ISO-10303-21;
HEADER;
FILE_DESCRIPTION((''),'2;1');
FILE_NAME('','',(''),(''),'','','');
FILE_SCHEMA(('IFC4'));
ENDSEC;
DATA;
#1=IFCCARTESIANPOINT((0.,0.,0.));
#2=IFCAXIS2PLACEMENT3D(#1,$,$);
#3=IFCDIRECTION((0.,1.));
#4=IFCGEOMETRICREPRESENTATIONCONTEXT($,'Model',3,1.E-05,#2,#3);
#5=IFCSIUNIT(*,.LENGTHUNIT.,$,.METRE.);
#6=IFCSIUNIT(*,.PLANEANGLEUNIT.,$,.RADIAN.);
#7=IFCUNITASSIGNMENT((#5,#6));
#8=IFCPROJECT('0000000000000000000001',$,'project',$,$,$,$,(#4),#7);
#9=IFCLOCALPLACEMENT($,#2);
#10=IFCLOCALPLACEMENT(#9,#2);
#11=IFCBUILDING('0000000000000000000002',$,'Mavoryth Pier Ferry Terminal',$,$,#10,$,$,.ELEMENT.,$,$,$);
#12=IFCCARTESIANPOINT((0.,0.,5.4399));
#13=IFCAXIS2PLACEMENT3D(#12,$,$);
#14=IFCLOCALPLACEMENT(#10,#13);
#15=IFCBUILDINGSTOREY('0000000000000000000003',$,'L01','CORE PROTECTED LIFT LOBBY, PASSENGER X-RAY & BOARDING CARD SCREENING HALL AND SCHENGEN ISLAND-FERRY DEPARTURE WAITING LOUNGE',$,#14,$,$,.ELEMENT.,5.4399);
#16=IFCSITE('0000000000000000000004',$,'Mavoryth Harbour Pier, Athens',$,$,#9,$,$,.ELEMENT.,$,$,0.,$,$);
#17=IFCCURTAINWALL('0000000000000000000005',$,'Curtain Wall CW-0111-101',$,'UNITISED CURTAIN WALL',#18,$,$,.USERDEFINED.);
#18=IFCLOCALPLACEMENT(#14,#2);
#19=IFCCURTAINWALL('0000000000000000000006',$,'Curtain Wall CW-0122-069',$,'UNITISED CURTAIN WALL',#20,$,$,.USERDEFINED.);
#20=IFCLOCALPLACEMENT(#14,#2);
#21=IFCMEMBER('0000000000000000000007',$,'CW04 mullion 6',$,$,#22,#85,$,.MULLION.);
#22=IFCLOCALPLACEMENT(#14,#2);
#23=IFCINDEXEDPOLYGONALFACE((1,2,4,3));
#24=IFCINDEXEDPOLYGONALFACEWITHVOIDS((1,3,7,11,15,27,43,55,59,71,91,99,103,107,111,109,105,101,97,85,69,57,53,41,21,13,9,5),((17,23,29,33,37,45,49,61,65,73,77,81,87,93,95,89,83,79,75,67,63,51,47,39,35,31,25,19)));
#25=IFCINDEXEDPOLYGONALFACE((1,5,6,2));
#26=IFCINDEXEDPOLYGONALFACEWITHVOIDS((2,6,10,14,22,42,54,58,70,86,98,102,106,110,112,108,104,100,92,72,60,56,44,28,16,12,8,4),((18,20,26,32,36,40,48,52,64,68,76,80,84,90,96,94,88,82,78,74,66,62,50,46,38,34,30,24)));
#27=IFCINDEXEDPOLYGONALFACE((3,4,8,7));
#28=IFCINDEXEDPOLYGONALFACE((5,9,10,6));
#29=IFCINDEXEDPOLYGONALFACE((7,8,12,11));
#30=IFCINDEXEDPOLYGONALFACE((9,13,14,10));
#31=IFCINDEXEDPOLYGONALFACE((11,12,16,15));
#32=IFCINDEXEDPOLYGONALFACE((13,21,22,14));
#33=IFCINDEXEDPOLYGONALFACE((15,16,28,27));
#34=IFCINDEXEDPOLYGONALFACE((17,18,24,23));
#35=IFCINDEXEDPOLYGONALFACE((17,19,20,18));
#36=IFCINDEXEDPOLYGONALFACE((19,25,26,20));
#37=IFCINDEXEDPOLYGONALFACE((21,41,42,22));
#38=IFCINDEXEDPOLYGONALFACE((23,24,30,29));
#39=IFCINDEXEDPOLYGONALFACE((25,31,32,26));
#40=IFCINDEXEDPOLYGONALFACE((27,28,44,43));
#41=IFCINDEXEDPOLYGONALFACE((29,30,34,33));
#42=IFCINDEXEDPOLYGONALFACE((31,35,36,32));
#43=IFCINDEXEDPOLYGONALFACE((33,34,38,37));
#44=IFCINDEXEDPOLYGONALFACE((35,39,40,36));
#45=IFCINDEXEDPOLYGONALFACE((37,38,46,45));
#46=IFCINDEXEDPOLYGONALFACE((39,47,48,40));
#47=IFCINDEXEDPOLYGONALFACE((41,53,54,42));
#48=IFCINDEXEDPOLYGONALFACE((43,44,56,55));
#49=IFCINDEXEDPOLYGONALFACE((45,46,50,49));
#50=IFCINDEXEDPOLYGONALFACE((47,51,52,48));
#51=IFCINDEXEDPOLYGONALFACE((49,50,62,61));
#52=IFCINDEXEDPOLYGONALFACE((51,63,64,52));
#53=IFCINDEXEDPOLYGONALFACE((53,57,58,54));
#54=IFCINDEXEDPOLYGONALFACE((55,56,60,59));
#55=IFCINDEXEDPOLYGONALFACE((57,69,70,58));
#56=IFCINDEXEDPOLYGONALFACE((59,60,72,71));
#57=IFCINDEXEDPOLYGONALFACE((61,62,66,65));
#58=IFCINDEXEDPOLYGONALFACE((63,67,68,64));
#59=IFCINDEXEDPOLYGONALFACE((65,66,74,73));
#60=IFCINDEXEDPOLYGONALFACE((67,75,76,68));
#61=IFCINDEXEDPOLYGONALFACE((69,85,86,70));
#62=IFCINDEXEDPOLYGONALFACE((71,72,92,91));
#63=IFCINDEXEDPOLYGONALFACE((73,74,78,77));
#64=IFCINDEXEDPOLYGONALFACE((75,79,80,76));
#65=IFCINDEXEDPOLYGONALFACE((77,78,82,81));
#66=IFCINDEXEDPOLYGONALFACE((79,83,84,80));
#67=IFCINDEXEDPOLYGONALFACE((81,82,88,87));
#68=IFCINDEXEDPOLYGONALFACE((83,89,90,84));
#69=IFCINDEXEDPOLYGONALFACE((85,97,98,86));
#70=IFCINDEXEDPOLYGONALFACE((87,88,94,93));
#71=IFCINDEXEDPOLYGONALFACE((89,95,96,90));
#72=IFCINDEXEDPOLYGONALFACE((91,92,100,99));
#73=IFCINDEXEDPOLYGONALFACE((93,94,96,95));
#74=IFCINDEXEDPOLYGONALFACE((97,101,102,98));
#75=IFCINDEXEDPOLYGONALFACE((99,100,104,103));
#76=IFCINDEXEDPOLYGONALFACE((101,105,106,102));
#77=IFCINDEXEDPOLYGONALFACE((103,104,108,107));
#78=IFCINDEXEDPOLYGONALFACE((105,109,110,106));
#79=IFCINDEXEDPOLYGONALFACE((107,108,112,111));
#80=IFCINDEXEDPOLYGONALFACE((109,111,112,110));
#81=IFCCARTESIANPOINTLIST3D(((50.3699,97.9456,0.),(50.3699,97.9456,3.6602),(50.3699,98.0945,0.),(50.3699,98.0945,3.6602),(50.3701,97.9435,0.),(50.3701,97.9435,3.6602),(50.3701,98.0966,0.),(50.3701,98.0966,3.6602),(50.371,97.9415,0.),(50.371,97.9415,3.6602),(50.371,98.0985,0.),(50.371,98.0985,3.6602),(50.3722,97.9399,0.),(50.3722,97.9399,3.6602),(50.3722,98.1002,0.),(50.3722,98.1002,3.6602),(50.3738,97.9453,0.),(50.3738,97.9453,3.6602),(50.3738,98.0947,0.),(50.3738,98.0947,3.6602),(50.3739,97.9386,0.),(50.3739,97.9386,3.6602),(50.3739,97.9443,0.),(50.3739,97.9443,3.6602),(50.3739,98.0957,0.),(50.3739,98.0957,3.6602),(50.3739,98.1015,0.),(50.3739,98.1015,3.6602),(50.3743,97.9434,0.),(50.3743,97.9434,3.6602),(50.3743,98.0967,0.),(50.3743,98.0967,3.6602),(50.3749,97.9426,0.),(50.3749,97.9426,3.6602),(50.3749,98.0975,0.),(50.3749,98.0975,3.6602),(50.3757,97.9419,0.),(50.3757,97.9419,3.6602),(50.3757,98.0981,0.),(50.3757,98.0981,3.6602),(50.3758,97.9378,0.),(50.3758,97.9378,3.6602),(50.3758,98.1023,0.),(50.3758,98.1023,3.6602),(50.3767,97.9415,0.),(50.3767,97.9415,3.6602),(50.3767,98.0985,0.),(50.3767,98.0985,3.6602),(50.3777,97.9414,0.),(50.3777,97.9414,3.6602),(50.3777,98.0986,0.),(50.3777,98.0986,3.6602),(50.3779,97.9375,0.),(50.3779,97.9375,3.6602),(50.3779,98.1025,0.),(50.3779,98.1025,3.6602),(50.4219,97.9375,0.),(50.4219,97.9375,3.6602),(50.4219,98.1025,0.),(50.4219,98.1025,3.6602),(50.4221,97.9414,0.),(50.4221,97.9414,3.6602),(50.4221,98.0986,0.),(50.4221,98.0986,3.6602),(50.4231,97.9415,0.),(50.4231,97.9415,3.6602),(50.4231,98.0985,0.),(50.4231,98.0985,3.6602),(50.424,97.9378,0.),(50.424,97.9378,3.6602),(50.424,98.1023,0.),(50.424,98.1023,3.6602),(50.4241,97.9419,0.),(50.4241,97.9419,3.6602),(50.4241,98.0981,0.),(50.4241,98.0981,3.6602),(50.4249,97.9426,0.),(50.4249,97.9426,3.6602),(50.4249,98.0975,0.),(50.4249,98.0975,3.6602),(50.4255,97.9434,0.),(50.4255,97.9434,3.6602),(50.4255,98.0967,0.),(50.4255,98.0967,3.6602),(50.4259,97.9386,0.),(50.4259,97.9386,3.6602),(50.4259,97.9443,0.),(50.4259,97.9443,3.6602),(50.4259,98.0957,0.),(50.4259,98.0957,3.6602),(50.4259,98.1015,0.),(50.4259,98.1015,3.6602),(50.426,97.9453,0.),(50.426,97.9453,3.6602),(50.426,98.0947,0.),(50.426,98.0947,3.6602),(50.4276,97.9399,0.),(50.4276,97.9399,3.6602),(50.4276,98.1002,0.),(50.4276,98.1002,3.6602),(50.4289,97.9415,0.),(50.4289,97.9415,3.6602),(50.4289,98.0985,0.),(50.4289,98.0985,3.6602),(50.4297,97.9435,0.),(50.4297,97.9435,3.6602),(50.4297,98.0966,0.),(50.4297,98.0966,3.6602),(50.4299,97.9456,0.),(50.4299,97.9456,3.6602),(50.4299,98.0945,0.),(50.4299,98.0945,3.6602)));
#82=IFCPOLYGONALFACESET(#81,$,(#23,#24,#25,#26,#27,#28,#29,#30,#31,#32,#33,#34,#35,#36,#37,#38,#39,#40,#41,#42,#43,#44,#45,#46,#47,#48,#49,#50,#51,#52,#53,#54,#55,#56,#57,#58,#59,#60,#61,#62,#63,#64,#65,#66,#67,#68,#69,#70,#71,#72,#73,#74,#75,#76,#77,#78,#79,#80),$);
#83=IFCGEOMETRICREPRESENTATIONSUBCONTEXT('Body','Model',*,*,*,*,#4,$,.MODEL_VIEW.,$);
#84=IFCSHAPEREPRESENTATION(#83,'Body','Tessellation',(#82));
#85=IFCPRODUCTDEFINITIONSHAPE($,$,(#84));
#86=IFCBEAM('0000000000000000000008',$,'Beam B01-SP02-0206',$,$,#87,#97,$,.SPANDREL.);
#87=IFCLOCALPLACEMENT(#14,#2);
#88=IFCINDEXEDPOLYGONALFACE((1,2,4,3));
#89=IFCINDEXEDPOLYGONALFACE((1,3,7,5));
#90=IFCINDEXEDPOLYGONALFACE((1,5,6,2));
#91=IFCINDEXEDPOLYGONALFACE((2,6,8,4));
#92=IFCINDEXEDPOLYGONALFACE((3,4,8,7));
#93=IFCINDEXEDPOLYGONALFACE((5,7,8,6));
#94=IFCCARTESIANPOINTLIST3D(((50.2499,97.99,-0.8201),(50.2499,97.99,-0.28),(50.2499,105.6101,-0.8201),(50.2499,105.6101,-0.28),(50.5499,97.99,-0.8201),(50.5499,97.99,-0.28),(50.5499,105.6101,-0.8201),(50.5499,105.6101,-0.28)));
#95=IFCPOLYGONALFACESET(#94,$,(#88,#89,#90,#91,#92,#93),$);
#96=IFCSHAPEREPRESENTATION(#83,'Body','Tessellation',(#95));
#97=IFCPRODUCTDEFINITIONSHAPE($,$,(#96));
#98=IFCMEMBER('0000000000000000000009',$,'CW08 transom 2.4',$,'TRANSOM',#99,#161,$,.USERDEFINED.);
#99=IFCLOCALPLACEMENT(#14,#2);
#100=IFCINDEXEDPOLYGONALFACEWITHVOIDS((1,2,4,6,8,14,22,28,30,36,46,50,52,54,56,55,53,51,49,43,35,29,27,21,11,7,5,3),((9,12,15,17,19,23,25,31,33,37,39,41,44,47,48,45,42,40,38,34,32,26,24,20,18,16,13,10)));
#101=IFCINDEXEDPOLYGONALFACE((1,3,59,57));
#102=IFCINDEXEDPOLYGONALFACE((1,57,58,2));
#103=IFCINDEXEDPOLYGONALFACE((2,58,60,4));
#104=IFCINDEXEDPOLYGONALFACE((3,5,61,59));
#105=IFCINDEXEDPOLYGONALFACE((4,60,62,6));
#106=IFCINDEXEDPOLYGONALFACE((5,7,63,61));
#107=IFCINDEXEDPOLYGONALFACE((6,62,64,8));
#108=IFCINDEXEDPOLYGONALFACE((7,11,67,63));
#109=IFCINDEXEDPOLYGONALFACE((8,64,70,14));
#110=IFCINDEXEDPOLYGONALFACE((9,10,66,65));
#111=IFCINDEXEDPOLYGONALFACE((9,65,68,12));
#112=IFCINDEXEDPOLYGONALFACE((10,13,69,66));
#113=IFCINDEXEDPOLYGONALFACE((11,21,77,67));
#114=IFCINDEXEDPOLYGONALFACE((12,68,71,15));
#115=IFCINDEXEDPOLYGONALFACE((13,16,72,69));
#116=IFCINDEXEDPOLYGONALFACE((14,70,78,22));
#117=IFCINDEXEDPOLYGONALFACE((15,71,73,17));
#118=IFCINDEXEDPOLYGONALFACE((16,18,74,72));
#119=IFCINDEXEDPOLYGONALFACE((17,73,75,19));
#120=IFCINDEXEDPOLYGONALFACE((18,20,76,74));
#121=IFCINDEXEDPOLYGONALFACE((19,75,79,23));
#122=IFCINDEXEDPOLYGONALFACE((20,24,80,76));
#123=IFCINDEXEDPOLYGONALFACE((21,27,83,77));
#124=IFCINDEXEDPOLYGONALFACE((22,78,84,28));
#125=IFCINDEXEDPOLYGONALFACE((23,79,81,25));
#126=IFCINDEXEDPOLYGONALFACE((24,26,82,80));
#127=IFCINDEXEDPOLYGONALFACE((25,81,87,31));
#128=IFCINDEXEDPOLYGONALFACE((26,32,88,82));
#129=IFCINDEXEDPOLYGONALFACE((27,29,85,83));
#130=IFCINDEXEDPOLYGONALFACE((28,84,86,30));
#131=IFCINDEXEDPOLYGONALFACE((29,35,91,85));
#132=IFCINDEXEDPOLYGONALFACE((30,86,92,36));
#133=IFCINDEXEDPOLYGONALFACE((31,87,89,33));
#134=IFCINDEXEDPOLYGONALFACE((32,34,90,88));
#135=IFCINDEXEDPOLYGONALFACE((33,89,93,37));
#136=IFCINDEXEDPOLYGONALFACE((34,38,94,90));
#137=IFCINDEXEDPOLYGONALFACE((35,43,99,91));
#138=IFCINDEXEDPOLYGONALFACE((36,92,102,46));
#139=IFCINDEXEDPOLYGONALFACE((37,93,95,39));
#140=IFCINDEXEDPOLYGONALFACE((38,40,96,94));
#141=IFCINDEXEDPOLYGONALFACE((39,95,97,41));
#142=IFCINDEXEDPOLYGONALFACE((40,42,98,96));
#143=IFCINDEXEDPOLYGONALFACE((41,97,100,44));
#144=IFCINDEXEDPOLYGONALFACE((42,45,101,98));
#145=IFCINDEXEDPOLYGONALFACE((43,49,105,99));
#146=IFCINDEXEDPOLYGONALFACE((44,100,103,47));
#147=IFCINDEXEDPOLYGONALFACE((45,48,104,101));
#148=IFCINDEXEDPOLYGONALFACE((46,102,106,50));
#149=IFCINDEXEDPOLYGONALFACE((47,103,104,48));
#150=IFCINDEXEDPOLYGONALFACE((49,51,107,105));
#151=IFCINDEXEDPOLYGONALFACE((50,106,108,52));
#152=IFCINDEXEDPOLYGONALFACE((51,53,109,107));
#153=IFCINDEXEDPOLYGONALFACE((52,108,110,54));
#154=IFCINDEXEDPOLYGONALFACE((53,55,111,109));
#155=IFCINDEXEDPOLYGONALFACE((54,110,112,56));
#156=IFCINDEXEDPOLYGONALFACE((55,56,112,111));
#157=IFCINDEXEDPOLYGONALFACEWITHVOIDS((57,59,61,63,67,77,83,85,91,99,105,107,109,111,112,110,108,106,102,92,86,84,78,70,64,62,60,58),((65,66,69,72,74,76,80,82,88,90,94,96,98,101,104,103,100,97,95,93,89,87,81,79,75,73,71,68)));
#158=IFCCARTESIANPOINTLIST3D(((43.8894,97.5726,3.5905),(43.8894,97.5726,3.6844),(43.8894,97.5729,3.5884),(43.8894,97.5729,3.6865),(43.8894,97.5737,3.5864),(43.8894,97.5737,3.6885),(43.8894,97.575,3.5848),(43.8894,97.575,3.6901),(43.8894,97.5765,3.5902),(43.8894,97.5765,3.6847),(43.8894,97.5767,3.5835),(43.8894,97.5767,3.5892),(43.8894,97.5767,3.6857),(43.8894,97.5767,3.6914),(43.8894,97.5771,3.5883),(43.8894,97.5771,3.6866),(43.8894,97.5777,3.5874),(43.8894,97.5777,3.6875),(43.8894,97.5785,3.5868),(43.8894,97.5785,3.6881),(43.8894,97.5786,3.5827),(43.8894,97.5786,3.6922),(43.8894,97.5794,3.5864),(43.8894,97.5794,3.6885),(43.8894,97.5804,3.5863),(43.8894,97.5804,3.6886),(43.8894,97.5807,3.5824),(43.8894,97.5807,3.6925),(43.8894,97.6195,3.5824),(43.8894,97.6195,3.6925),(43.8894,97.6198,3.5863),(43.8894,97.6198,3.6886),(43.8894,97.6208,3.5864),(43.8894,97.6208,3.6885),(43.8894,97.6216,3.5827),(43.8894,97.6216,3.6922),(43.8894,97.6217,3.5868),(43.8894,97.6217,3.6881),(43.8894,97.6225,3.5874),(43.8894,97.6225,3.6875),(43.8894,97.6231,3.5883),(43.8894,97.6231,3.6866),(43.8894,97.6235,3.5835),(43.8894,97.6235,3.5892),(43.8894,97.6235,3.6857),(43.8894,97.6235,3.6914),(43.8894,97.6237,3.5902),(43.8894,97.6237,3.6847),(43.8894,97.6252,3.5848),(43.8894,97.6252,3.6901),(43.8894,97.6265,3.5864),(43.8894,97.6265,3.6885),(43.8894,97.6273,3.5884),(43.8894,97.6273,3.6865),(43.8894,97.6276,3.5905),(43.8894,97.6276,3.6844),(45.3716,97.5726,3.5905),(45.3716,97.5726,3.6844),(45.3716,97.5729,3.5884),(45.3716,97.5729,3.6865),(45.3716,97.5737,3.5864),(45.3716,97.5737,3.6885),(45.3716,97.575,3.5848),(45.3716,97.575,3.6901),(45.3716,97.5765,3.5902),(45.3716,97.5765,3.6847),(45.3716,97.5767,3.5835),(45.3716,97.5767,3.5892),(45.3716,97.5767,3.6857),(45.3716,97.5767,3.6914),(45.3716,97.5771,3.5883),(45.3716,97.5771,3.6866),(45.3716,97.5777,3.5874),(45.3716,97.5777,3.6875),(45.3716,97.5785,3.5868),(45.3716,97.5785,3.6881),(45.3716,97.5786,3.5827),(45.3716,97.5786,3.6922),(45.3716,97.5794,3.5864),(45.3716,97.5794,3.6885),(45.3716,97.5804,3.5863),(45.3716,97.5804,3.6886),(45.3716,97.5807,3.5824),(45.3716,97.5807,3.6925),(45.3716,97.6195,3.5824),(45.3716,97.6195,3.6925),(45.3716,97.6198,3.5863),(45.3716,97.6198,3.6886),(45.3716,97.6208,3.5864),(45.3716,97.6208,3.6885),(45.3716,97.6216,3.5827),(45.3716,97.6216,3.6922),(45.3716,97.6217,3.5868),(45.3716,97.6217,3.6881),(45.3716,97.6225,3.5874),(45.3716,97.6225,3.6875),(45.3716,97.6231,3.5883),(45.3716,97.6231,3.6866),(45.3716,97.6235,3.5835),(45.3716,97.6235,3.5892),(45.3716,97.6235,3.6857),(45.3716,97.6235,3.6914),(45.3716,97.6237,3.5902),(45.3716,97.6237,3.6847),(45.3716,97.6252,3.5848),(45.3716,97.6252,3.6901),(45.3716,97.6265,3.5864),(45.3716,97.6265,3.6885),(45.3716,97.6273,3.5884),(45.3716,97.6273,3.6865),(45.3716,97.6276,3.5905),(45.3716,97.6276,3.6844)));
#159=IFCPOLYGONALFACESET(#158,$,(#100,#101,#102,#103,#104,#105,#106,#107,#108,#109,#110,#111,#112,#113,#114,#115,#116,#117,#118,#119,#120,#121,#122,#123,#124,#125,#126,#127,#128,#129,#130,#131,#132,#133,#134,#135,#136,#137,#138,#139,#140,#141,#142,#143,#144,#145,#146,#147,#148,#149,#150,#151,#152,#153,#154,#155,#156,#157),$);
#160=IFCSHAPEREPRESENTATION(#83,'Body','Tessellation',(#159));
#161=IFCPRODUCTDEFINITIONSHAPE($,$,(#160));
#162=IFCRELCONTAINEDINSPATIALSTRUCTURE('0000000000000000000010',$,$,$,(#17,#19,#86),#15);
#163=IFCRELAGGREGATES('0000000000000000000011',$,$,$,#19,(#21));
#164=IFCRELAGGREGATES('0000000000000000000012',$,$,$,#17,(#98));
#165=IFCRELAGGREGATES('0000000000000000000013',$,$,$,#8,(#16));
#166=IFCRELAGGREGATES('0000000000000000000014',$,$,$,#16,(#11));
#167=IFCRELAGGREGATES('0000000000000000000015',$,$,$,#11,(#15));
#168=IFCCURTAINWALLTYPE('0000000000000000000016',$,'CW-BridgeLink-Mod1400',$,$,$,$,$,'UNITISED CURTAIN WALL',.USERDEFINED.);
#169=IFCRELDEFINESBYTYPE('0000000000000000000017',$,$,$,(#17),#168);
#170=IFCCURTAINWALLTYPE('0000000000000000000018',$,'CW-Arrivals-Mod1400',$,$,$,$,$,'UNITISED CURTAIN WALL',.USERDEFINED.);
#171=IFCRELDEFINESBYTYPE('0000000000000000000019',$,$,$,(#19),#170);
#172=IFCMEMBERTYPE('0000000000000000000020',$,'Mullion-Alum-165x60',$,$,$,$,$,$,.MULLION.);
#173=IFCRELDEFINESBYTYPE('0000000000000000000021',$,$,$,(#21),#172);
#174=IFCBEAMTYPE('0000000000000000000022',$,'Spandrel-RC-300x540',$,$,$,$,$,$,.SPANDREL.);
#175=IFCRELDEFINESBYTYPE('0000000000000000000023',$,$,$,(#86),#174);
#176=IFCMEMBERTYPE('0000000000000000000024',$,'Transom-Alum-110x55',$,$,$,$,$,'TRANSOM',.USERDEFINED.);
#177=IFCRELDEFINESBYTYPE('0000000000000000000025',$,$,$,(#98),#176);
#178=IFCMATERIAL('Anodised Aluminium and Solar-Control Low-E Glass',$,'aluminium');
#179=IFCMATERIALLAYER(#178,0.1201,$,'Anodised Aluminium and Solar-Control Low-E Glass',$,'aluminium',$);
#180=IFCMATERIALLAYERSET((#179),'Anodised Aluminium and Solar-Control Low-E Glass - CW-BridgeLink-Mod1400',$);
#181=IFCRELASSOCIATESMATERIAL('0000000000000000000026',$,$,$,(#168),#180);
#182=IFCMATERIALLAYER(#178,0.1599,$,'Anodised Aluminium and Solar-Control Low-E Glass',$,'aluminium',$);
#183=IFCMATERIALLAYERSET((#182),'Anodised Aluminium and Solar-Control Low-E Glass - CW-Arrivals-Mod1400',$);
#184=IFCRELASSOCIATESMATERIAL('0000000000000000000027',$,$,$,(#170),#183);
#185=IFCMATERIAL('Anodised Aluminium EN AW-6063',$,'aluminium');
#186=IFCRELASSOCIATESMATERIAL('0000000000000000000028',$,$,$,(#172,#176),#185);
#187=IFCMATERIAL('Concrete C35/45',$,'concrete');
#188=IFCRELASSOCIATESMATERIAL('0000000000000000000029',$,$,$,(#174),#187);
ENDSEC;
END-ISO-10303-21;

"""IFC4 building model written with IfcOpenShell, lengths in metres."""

from ifc_helpers import new_model, si_unit, direction, frame, origin, origin_2d, place, context, subcontext, project, spatial, rectangle, hollow_rectangle, extrude, material, layer, layer_set, material_profile, profile_set, type_object, element, aggregate, save


model = new_model("IFC4")

# Units and contexts
model_context = context("Model", 3, precision=1e-05, world=origin(), true_north=direction((0.0, 1.0)))
body_context = subcontext(model_context, "Body", "Model", "MODEL_VIEW")
ifc_project = project(units=[si_unit("LENGTHUNIT", "METRE"), si_unit("PLANEANGLEUNIT", "RADIAN")], contexts=[model_context])

# Site, building, storey
site_placement = place(None, origin())
site = spatial("IfcSite", under=ifc_project, at=site_placement, Name="Mavoryth Harbour Pier, Athens", CompositionType="ELEMENT", RefElevation=0.0)
building_placement = place(site_placement, origin())
building = spatial("IfcBuilding", under=site, at=building_placement, Name="Mavoryth Pier Ferry Terminal", CompositionType="ELEMENT")
storey_placement = place(building_placement, frame((0.0, 0.0, 5.4399)))
storey = spatial("IfcBuildingStorey", under=building, at=storey_placement, Name="L01", Description="CORE PROTECTED LIFT LOBBY, PASSENGER X-RAY & BOARDING CARD SCREENING HALL AND SCHENGEN ISLAND-FERRY DEPARTURE WAITING LOUNGE", CompositionType="ELEMENT", Elevation=5.4399)

# Curtain wall
ifc_material_1 = material(Name="Anodised Aluminium and Solar-Control Low-E Glass", Category="aluminium")
ifc_layer_1 = layer(ifc_material_1, 0.1201, Name="Anodised Aluminium and Solar-Control Low-E Glass", Category="aluminium")
ifc_layer_set_1 = layer_set([ifc_layer_1], Name="Anodised Aluminium and Solar-Control Low-E Glass - CW-BridgeLink-Mod1400")
curtain_wall_type_1 = type_object("IfcCurtainWallType", Name="CW-BridgeLink-Mod1400", ElementType="UNITISED CURTAIN WALL", PredefinedType="USERDEFINED", material=ifc_layer_set_1)
curtain_wall_1_placement = place(storey_placement, origin())
curtain_wall_1 = element("IfcCurtainWall", 1, at=curtain_wall_1_placement, inside=storey, type_object=curtain_wall_type_1, Name="Curtain Wall CW-0111-101", ObjectType="UNITISED CURTAIN WALL", PredefinedType="USERDEFINED")
ifc_material_2 = material(Name="Anodised Aluminium EN AW-6063", Category="aluminium")

# Curtain wall, member
ifc_layer_2 = layer(ifc_material_1, 0.1599, Name="Anodised Aluminium and Solar-Control Low-E Glass", Category="aluminium")
ifc_layer_set_2 = layer_set([ifc_layer_2], Name="Anodised Aluminium and Solar-Control Low-E Glass - CW-Arrivals-Mod1400")
curtain_wall_type_2 = type_object("IfcCurtainWallType", Name="CW-Arrivals-Mod1400", ElementType="UNITISED CURTAIN WALL", PredefinedType="USERDEFINED", material=ifc_layer_set_2)
curtain_wall_2_placement = place(storey_placement, origin())
curtain_wall_2 = element("IfcCurtainWall", 2, at=curtain_wall_2_placement, inside=storey, type_object=curtain_wall_type_2, Name="Curtain Wall CW-0122-069", ObjectType="UNITISED CURTAIN WALL", PredefinedType="USERDEFINED")
ifc_material_profile_1 = material_profile(ifc_material_2, hollow_rectangle(XDim=0.0601, YDim=0.165, WallThickness=0.0039, InnerFilletRadius=0.0039, OuterFilletRadius=0.0081, at=origin_2d()), Name="AL-MULL 165x60x4", Category="aluminium")
ifc_profile_set_1 = profile_set([ifc_material_profile_1], Name="Anodised Aluminium EN AW-6063 - AL-MULL 165x60x4")
member_type_1 = type_object("IfcMemberType", Name="Mullion-Alum-165x60", PredefinedType="MULLION", material=ifc_profile_set_1)
member_1_placement = place(storey_placement, frame((50.3999, 98.02, 0.0), z_axis=(0.0, 0.0, 1.0), x_axis=(1.0, 0.0, 0.0)))
member_1 = element("IfcMember", 3, at=member_1_placement, type_object=member_type_1, Name="CW04 mullion 6", PredefinedType="MULLION", context=body_context, shape_type="SweptSolid", body=[
    extrude(hollow_rectangle(XDim=0.0601, YDim=0.165, WallThickness=0.0039, InnerFilletRadius=0.0039, OuterFilletRadius=0.0081, at=origin_2d()), origin(), (0.0, 0.0, 1.0), 3.6602),
])

# Beam
ifc_material_3 = material(Name="Concrete C35/45", Category="concrete")
ifc_material_profile_2 = material_profile(ifc_material_3, rectangle(XDim=0.3, YDim=0.54, at=origin_2d()), Name="RC 300x540", Category="concrete")
ifc_profile_set_2 = profile_set([ifc_material_profile_2], Name="Concrete C35/45 - RC 300x540")
beam_type = type_object("IfcBeamType", Name="Spandrel-RC-300x540", PredefinedType="SPANDREL", material=ifc_profile_set_2)
beam_placement = place(storey_placement, frame((50.3999, 97.99, -0.55), z_axis=(0.0, 1.0, 0.0), x_axis=(-1.0, 0.0, 0.0)))
element("IfcBeam", 4, at=beam_placement, inside=storey, type_object=beam_type, Name="Beam B01-SP02-0206", PredefinedType="SPANDREL", context=body_context, shape_type="SweptSolid", body=[
    extrude(rectangle(XDim=0.3, YDim=0.54, at=origin_2d()), origin(), (0.0, 0.0, 1.0), 7.6201),
])

# Member
ifc_material_profile_3 = material_profile(ifc_material_2, hollow_rectangle(XDim=0.0549, YDim=0.1101, WallThickness=0.0039, InnerFilletRadius=0.0039, OuterFilletRadius=0.0081, at=origin_2d()), Name="AL-TRAN 110x55x4", Category="aluminium")
ifc_profile_set_3 = profile_set([ifc_material_profile_3], Name="Anodised Aluminium EN AW-6063 - AL-TRAN 110x55x4")
member_type_2 = type_object("IfcMemberType", Name="Transom-Alum-110x55", ElementType="TRANSOM", PredefinedType="USERDEFINED", material=ifc_profile_set_3)
member_2_placement = place(storey_placement, frame((43.8894, 97.6001, 3.6375), z_axis=(1.0, 0.0, 0.0), x_axis=(0.0, 1.0, 0.0)))
member_2 = element("IfcMember", 5, at=member_2_placement, type_object=member_type_2, Name="CW08 transom 2.4", ObjectType="TRANSOM", PredefinedType="USERDEFINED", context=body_context, shape_type="SweptSolid", body=[
    extrude(hollow_rectangle(XDim=0.0549, YDim=0.1101, WallThickness=0.0039, InnerFilletRadius=0.0039, OuterFilletRadius=0.0081, at=origin_2d()), origin(), (0.0, 0.0, 1.0), 1.4822),
])

aggregate(curtain_wall_2, [member_1])
aggregate(curtain_wall_1, [member_2])

save(model, "model.ifc")
